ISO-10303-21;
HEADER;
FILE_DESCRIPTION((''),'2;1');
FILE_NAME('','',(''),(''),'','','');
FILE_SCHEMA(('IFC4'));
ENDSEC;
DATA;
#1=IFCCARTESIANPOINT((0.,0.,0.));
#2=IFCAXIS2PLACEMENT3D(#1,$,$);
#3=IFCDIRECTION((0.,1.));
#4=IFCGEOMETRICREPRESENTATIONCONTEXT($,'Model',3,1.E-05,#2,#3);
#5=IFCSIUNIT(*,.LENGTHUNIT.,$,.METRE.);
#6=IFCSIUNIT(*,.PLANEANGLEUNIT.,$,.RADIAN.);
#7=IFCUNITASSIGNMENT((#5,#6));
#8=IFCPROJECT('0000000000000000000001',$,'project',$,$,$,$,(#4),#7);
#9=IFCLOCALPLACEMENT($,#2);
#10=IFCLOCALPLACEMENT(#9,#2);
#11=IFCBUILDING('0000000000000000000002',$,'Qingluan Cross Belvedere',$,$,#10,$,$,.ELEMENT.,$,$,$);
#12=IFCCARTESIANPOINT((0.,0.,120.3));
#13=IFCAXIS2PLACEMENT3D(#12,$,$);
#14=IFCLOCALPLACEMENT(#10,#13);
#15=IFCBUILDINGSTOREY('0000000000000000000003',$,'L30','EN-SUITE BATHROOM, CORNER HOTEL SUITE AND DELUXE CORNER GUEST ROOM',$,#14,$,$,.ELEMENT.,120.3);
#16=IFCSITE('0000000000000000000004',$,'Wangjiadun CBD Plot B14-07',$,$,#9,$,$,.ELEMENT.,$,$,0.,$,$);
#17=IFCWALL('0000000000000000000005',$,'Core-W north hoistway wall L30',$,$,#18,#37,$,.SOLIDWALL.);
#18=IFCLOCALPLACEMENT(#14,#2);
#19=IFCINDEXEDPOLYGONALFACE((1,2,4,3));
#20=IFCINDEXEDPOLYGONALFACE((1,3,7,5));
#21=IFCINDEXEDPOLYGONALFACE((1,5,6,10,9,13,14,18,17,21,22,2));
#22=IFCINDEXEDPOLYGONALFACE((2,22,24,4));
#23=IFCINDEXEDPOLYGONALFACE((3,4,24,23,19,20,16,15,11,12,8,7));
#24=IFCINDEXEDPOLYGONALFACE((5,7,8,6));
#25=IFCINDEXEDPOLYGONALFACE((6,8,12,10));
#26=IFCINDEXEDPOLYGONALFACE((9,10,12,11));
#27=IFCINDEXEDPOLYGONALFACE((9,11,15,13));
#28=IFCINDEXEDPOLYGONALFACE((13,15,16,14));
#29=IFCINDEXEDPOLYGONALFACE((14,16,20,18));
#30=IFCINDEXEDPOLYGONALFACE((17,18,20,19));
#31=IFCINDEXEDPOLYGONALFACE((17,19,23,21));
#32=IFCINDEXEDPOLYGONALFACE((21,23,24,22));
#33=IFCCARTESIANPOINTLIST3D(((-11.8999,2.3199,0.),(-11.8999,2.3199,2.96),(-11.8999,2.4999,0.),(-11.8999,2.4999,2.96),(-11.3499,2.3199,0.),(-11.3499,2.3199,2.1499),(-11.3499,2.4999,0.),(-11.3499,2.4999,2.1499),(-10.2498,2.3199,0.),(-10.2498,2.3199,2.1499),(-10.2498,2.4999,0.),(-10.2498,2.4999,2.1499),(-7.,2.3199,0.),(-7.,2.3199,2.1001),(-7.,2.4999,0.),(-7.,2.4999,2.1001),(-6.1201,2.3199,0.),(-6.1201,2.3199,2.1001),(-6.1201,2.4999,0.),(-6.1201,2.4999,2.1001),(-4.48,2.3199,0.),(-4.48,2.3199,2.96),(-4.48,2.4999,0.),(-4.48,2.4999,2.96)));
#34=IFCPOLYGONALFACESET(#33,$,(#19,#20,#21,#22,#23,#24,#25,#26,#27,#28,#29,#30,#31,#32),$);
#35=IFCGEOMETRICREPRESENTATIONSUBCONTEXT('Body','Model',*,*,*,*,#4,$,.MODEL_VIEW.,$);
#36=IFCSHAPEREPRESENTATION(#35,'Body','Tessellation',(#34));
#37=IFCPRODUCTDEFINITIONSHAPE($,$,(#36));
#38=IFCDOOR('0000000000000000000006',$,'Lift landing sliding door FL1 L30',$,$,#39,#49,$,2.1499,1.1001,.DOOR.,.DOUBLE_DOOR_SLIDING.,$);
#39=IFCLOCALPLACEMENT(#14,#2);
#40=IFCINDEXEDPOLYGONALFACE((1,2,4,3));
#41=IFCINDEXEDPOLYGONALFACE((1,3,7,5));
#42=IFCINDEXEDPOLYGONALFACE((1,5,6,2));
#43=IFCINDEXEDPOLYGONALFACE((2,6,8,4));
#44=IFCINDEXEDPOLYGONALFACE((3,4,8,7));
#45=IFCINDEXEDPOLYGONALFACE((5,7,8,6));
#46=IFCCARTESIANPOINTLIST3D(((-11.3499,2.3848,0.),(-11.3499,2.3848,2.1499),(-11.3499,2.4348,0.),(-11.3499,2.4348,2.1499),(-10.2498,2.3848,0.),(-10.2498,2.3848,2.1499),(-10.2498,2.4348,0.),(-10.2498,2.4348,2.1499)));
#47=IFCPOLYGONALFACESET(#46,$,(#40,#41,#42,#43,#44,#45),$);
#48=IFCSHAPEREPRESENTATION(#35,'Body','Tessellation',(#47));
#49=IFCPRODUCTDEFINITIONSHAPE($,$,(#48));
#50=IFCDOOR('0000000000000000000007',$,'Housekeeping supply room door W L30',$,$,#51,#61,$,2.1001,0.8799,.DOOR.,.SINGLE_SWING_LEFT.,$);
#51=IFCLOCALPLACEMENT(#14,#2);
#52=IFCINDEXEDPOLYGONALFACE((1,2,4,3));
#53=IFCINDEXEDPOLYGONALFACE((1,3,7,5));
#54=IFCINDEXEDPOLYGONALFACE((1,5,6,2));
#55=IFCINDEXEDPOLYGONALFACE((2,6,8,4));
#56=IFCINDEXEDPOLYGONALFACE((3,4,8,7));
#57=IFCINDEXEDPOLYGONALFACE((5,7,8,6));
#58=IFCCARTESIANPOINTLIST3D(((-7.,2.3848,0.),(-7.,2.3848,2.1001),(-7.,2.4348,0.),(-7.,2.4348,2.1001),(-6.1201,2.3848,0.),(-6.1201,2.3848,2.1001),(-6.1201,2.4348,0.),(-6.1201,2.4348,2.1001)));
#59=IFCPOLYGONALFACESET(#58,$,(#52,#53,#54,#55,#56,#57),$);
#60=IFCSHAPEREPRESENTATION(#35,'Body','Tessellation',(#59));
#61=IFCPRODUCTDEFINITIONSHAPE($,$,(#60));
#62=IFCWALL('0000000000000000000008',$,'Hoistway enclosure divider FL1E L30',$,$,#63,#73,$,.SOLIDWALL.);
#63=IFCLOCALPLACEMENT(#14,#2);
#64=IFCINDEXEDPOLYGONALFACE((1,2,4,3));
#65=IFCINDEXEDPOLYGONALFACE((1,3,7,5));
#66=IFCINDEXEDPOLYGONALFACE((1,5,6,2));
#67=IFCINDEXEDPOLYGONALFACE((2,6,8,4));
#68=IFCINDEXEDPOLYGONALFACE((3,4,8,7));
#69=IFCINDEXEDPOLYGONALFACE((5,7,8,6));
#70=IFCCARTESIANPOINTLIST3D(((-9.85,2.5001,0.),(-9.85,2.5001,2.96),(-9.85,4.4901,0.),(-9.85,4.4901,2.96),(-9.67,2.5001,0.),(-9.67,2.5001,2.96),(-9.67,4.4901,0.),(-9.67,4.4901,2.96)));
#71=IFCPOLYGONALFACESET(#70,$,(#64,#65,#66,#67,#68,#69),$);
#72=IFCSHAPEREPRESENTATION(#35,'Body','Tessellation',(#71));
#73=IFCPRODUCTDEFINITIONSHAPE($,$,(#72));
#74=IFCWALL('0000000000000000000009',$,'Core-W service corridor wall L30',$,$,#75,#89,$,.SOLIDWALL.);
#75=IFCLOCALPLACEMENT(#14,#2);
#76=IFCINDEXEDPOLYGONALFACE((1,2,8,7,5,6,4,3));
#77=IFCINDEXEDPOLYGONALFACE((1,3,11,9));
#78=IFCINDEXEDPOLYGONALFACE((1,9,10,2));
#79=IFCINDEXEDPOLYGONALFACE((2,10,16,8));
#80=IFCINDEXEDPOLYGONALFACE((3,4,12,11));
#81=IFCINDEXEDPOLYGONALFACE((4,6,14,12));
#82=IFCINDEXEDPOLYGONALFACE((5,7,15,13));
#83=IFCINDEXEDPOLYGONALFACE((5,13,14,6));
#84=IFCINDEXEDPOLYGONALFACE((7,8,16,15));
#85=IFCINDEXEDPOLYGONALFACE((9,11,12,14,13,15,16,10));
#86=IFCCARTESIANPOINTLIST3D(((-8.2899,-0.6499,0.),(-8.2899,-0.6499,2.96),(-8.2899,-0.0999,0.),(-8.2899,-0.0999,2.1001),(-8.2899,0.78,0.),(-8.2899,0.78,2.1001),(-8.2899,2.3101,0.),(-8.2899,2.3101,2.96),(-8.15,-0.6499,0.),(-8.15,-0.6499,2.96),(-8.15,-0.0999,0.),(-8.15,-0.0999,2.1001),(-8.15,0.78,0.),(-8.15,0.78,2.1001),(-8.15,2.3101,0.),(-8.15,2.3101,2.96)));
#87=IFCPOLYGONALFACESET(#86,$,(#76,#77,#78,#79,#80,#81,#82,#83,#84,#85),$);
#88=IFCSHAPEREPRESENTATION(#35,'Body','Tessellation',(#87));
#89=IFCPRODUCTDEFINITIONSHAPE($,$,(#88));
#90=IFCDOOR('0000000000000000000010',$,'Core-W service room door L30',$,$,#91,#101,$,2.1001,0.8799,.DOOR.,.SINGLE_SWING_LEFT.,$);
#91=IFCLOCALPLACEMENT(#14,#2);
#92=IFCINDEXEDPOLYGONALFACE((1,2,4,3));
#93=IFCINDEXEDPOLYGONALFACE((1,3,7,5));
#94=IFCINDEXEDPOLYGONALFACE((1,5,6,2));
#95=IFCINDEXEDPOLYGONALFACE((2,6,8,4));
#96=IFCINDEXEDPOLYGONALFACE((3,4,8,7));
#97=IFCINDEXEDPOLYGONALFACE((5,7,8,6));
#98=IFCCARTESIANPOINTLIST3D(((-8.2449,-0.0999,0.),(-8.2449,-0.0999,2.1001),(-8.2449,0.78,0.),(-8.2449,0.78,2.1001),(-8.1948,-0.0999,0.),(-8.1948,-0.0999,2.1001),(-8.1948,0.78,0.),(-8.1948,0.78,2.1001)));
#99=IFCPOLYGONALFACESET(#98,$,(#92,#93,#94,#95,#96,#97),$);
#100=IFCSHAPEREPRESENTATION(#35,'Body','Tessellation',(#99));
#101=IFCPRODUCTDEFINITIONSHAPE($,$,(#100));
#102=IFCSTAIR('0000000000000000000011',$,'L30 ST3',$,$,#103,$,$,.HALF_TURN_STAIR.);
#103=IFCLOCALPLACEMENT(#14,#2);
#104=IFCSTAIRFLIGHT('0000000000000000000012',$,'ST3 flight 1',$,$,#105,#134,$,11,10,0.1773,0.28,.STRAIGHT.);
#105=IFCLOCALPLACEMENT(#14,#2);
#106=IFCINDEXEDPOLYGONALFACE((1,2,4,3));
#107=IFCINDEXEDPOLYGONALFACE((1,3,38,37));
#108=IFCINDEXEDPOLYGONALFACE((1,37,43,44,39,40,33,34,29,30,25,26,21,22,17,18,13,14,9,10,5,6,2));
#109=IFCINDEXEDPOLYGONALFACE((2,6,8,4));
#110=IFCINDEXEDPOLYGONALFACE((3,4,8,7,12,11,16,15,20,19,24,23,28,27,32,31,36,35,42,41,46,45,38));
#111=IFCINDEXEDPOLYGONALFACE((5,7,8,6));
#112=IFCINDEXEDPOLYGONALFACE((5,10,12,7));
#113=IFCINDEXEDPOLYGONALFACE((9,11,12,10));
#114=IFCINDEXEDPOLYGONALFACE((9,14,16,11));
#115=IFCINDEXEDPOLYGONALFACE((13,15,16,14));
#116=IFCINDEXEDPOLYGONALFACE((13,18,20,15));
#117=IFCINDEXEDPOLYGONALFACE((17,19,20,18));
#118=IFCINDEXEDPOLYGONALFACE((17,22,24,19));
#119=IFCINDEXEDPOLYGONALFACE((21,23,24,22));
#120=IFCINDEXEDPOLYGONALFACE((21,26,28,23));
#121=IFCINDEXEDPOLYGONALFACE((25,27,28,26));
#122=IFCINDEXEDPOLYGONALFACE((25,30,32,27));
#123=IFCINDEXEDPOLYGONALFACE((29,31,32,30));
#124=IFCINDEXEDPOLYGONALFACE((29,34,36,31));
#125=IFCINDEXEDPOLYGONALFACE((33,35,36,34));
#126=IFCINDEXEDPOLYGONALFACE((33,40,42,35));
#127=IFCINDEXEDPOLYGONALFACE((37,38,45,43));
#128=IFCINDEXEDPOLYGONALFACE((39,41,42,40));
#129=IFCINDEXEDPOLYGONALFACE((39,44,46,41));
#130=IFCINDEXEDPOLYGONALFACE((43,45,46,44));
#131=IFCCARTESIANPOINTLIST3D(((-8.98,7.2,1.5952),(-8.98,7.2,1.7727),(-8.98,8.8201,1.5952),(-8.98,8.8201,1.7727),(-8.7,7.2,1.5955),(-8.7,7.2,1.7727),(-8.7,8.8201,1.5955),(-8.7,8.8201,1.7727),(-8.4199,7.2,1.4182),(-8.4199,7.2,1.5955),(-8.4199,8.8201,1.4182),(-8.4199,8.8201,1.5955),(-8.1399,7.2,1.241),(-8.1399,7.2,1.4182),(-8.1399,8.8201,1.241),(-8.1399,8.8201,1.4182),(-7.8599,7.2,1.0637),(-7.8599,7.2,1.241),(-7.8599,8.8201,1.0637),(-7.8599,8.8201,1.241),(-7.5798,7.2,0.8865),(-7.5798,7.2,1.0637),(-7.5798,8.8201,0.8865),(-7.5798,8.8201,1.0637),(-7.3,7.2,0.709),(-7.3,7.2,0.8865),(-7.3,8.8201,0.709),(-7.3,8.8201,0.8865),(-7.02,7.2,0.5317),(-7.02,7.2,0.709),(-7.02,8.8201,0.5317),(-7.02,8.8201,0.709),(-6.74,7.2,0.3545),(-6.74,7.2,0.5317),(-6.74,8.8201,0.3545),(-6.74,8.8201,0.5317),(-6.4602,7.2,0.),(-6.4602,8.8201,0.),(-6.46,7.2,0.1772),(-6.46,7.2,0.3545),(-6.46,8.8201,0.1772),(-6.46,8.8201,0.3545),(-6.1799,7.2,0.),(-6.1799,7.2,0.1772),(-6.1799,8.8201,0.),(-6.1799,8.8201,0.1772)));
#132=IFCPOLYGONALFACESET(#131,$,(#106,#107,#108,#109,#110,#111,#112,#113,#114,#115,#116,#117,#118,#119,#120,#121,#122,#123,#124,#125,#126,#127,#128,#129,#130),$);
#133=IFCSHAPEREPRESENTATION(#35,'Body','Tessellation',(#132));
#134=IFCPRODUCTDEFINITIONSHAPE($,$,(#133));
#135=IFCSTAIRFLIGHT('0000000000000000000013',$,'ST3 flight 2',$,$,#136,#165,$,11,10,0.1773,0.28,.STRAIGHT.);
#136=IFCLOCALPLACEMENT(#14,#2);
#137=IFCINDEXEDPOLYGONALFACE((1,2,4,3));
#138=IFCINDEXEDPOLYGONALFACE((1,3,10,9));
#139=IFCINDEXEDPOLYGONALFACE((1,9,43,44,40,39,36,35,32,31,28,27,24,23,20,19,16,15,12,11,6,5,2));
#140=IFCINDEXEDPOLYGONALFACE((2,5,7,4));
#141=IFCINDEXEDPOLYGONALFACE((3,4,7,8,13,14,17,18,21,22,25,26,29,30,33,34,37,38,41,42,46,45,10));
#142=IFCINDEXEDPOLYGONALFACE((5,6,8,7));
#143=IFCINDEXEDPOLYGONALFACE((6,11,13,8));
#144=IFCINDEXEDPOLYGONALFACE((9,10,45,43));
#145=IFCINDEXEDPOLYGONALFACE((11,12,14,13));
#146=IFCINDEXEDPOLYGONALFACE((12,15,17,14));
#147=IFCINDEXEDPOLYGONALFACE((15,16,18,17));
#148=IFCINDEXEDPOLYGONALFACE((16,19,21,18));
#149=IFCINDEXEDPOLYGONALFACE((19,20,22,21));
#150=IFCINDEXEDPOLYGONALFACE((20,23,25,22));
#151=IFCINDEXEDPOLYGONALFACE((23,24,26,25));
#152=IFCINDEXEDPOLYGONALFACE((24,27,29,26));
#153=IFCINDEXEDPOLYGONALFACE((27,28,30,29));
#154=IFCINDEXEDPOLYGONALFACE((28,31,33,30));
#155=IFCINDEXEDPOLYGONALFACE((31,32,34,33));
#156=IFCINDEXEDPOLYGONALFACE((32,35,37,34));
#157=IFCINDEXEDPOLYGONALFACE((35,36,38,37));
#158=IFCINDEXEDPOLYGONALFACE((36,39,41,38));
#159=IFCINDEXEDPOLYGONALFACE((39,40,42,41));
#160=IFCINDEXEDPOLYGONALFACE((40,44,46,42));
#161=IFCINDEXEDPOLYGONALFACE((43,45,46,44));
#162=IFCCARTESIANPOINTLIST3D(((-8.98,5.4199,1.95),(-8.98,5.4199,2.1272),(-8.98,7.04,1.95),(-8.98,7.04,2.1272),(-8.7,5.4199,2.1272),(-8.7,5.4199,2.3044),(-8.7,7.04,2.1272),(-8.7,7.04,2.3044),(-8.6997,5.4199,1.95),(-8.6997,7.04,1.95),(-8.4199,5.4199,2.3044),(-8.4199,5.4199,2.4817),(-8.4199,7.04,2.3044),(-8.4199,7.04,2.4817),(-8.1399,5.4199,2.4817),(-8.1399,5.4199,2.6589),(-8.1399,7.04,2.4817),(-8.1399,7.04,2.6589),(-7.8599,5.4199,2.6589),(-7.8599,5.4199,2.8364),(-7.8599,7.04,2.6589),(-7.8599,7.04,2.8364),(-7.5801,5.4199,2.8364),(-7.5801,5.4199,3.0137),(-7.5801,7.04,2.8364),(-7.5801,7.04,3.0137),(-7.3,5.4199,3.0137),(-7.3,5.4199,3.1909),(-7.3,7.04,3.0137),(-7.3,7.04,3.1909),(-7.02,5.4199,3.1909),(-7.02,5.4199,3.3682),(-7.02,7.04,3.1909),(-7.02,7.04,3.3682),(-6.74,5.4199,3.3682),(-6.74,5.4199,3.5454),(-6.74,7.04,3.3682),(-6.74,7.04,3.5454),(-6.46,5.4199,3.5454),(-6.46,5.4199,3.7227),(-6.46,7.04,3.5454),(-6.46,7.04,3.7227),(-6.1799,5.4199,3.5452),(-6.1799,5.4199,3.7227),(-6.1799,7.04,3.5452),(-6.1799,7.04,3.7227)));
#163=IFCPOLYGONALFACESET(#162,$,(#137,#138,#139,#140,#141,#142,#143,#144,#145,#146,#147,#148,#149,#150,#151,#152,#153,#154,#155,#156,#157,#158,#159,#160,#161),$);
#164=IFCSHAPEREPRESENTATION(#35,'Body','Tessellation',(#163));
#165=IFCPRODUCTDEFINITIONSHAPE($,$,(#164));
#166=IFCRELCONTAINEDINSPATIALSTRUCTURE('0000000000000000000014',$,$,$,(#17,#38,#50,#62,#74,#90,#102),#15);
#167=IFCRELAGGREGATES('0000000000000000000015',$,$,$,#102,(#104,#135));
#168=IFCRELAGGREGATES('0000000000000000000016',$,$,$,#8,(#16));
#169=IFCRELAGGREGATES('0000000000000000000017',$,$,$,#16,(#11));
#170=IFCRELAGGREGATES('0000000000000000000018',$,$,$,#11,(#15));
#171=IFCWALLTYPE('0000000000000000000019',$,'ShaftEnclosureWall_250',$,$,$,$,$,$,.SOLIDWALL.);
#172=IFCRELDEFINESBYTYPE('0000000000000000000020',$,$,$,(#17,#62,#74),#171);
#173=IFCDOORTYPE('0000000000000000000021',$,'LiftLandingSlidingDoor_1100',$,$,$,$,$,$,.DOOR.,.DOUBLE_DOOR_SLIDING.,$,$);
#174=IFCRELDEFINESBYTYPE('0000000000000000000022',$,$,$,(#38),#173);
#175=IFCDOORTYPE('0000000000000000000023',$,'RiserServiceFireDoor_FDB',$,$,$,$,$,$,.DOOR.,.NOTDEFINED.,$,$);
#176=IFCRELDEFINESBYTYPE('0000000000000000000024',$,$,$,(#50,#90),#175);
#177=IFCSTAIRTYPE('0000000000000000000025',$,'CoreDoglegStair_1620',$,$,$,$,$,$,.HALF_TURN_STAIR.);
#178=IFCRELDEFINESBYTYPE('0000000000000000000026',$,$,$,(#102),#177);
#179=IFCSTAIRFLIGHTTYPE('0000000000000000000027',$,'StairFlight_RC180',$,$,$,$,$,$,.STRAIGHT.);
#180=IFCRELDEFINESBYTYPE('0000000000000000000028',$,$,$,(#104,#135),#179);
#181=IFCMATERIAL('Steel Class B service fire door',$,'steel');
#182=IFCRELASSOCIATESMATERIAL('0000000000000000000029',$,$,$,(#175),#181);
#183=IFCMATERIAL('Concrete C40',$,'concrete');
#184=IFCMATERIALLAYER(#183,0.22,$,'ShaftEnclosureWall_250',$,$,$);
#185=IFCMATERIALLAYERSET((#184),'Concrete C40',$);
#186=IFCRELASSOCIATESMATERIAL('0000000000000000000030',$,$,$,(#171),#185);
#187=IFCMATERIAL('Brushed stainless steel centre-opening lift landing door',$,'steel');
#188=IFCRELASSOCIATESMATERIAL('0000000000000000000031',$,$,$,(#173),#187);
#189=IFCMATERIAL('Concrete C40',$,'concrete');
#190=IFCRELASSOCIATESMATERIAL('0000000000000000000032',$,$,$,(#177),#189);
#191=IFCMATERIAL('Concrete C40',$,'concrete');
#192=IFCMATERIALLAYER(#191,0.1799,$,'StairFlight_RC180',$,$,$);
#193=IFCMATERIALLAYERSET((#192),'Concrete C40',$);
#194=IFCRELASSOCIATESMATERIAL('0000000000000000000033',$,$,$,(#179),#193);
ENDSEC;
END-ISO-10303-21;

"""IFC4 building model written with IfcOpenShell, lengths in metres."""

from ifc_helpers import new_model, si_unit, direction, frame, frame_2d, origin, place, context, subcontext, project, spatial, polyline, rectangle, outline, extrude, material, layer, layer_set, type_object, element, fill, aggregate, save


model = new_model("IFC4")

# Units and contexts
model_context = context("Model", 3, precision=1e-05, world=origin(), true_north=direction((0.0, 1.0)))
body_context = subcontext(model_context, "Body", "Model", "MODEL_VIEW")
ifc_project = project(units=[si_unit("LENGTHUNIT", "METRE"), si_unit("PLANEANGLEUNIT", "RADIAN")], contexts=[model_context])

# Site, building, storey
site_placement = place(None, origin())
site = spatial("IfcSite", under=ifc_project, at=site_placement, Name="Wangjiadun CBD Plot B14-07", CompositionType="ELEMENT", RefElevation=0.0)
building_placement = place(site_placement, origin())
building = spatial("IfcBuilding", under=site, at=building_placement, Name="Qingluan Cross Belvedere", CompositionType="ELEMENT")
storey_placement = place(building_placement, frame((0.0, 0.0, 120.3)))
storey = spatial("IfcBuildingStorey", under=building, at=storey_placement, Name="L30", Description="EN-SUITE BATHROOM, CORNER HOTEL SUITE AND DELUXE CORNER GUEST ROOM", CompositionType="ELEMENT", Elevation=120.3)

# Shared definitions
ifc_material_1 = material(Name="Steel Class B service fire door", Category="steel")
door_type_1 = type_object("IfcDoorType", Name="RiserServiceFireDoor_FDB", OperationType="NOTDEFINED", PredefinedType="DOOR", material=ifc_material_1)

# Wall, openings, doors
ifc_material_2 = material(Name="Concrete C40", Category="concrete")
ifc_layer_1 = layer(ifc_material_2, 0.22, Name="ShaftEnclosureWall_250")
ifc_layer_set_1 = layer_set([ifc_layer_1], Name="Concrete C40")
wall_type_1 = type_object("IfcWallType", Name="ShaftEnclosureWall_250", PredefinedType="SOLIDWALL", material=ifc_layer_set_1)
wall_1_placement = place(storey_placement, frame((-11.8999, 2.4099, 0.0), z_axis=(0.0, 0.0, 1.0), x_axis=(1.0, 0.0, 0.0)))
wall_1 = element("IfcWall", 1, at=wall_1_placement, inside=storey, type_object=wall_type_1, Name="Core-W north hoistway wall L30", PredefinedType="SOLIDWALL", context=body_context, shape_type="SweptSolid", body=[
    extrude(rectangle(XDim=7.4199, YDim=0.1799, at=frame_2d((3.71, 0.0))), origin(), (0.0, 0.0, 1.0), 2.96),
])
opening_1_placement = place(wall_1_placement, frame((0.55, 0.0, 0.0)))
opening_1 = element("IfcOpeningElement", 2, at=opening_1_placement, cuts=wall_1, PredefinedType="OPENING", context=body_context, shape_type="SweptSolid", body=[
    extrude(rectangle(XDim=1.1001, YDim=2.1499, at=frame_2d((0.55, 1.075))), frame((0.0, 0.0999, 0.0), z_axis=(0.0, -1.0, 0.0), x_axis=(1.0, 0.0, 0.0)), (0.0, 0.0, 1.0), 0.2),
])
opening_2_placement = place(wall_1_placement, frame((4.8999, 0.0, 0.0)))
opening_2 = element("IfcOpeningElement", 3, at=opening_2_placement, cuts=wall_1, PredefinedType="OPENING", context=body_context, shape_type="SweptSolid", body=[
    extrude(rectangle(XDim=0.8799, YDim=2.1001, at=frame_2d((0.4399, 1.05))), frame((0.0, 0.0999, 0.0), z_axis=(0.0, -1.0, 0.0), x_axis=(1.0, 0.0, 0.0)), (0.0, 0.0, 1.0), 0.2),
])
ifc_material_3 = material(Name="Brushed stainless steel centre-opening lift landing door", Category="steel")
door_type_2 = type_object("IfcDoorType", Name="LiftLandingSlidingDoor_1100", OperationType="DOUBLE_DOOR_SLIDING", PredefinedType="DOOR", material=ifc_material_3)
door_1_placement = place(opening_1_placement, origin())
door_1 = element("IfcDoor", 4, at=door_1_placement, inside=storey, type_object=door_type_2, Name="Lift landing sliding door FL1 L30", OperationType="DOUBLE_DOOR_SLIDING", OverallHeight=2.1499, OverallWidth=1.1001, PredefinedType="DOOR", context=body_context, shape_type="SweptSolid", body=[
    extrude(rectangle(XDim=1.1001, YDim=2.1499, at=frame_2d((0.55, 1.075))), frame((0.0, 0.0249, 0.0), z_axis=(0.0, -1.0, 0.0), x_axis=(1.0, 0.0, 0.0)), (0.0, 0.0, 1.0), 0.05),
])
fill(opening_1, door_1)
door_2_placement = place(opening_2_placement, origin())
door_2 = element("IfcDoor", 5, at=door_2_placement, inside=storey, type_object=door_type_1, Name="Housekeeping supply room door W L30", OperationType="SINGLE_SWING_LEFT", OverallHeight=2.1001, OverallWidth=0.8799, PredefinedType="DOOR", context=body_context, shape_type="SweptSolid", body=[
    extrude(rectangle(XDim=0.8799, YDim=2.1001, at=frame_2d((0.4399, 1.05))), frame((0.0, 0.0249, 0.0), z_axis=(0.0, -1.0, 0.0), x_axis=(1.0, 0.0, 0.0)), (0.0, 0.0, 1.0), 0.05),
])
fill(opening_2, door_2)

# Wall
wall_2_placement = place(storey_placement, frame((-9.76, 2.5, 0.0), z_axis=(0.0, 0.0, 1.0), x_axis=(0.0, 1.0, 0.0)))
element("IfcWall", 6, at=wall_2_placement, inside=storey, type_object=wall_type_1, Name="Hoistway enclosure divider FL1E L30", PredefinedType="SOLIDWALL", context=body_context, shape_type="SweptSolid", body=[
    extrude(rectangle(XDim=1.99, YDim=0.1799, at=frame_2d((0.9951, 0.0))), origin(), (0.0, 0.0, 1.0), 2.96),
])

# Wall, opening, door
wall_3_placement = place(storey_placement, frame((-8.22, -0.6499, 0.0), z_axis=(0.0, 0.0, 1.0), x_axis=(0.0, 1.0, 0.0)))
wall_3 = element("IfcWall", 7, at=wall_3_placement, inside=storey, type_object=wall_type_1, Name="Core-W service corridor wall L30", PredefinedType="SOLIDWALL", context=body_context, shape_type="SweptSolid", body=[
    extrude(rectangle(XDim=2.96, YDim=0.1399, at=frame_2d((1.48, 0.0))), origin(), (0.0, 0.0, 1.0), 2.96),
])
opening_3_placement = place(wall_3_placement, frame((0.55, 0.0, 0.0)))
opening_3 = element("IfcOpeningElement", 8, at=opening_3_placement, cuts=wall_3, PredefinedType="OPENING", context=body_context, shape_type="SweptSolid", body=[
    extrude(rectangle(XDim=0.8799, YDim=2.1001, at=frame_2d((0.4399, 1.05))), frame((0.0, 0.0798, 0.0), z_axis=(0.0, -1.0, 0.0), x_axis=(1.0, 0.0, 0.0)), (0.0, 0.0, 1.0), 0.1599),
])
door_3_placement = place(opening_3_placement, origin())
door_3 = element("IfcDoor", 9, at=door_3_placement, inside=storey, type_object=door_type_1, Name="Core-W service room door L30", OperationType="SINGLE_SWING_LEFT", OverallHeight=2.1001, OverallWidth=0.8799, PredefinedType="DOOR", context=body_context, shape_type="SweptSolid", body=[
    extrude(rectangle(XDim=0.8799, YDim=2.1001, at=frame_2d((0.4399, 1.05))), frame((0.0, 0.0249, 0.0), z_axis=(0.0, -1.0, 0.0), x_axis=(1.0, 0.0, 0.0)), (0.0, 0.0, 1.0), 0.05),
])
fill(opening_3, door_3)

# Stair, stair flights
ifc_material_4 = material(Name="Concrete C40", Category="concrete")
stair_type = type_object("IfcStairType", Name="CoreDoglegStair_1620", PredefinedType="HALF_TURN_STAIR", material=ifc_material_4)
stair_placement = place(storey_placement, origin())
stair = element("IfcStair", 10, at=stair_placement, inside=storey, type_object=stair_type, Name="L30 ST3", PredefinedType="HALF_TURN_STAIR")
ifc_material_5 = material(Name="Concrete C40", Category="concrete")
ifc_layer_2 = layer(ifc_material_5, 0.1799, Name="StairFlight_RC180")
ifc_layer_set_2 = layer_set([ifc_layer_2], Name="Concrete C40")
stair_flight_type = type_object("IfcStairFlightType", Name="StairFlight_RC180", PredefinedType="STRAIGHT", material=ifc_layer_set_2)
stair_flight_1_placement = place(storey_placement, frame((-6.1799, 8.01, 0.0), z_axis=(0.0, 0.0, 1.0), x_axis=(-1.0, 0.0, 0.0)))
stair_flight_1 = element("IfcStairFlight", 11, at=stair_flight_1_placement, type_object=stair_flight_type, Name="ST3 flight 1", NumberOfRisers=11, NumberOfTreads=10, PredefinedType="STRAIGHT", RiserHeight=0.1773, TreadLength=0.28, context=body_context, shape_type="SweptSolid", body=[
    extrude(outline(polyline([(0.0, 0.0), (0.0, 0.1772), (0.28, 0.1772), (0.28, 0.3545), (0.5601, 0.3545), (0.5601, 0.5317), (0.8401, 0.5317), (0.8401, 0.709), (1.1201, 0.709), (1.1201, 0.8865), (1.3999, 0.8865), (1.3999, 1.0637), (1.6799, 1.0637), (1.6799, 1.241), (1.96, 1.241), (1.96, 1.4182), (2.24, 1.4182), (2.24, 1.5955), (2.52, 1.5955), (2.52, 1.7727), (2.8, 1.7727), (2.8, 1.95), (2.8, 1.5952), (0.2803, 0.0), (0.0, 0.0)])), frame((0.0, 0.8101, 0.0), z_axis=(0.0, -1.0, 0.0), x_axis=(1.0, 0.0, 0.0)), (0.0, 0.0, 1.0), 1.6201),
])
stair_flight_2_placement = place(storey_placement, frame((-8.98, 6.23, 1.95), z_axis=(0.0, 0.0, 1.0), x_axis=(1.0, 0.0, 0.0)))
stair_flight_2 = element("IfcStairFlight", 12, at=stair_flight_2_placement, type_object=stair_flight_type, Name="ST3 flight 2", NumberOfRisers=11, NumberOfTreads=10, PredefinedType="STRAIGHT", RiserHeight=0.1773, TreadLength=0.28, context=body_context, shape_type="SweptSolid", body=[
    extrude(outline(polyline([(0.0, 0.0), (0.0, 0.1772), (0.28, 0.1772), (0.28, 0.3545), (0.5601, 0.3545), (0.5601, 0.5317), (0.8401, 0.5317), (0.8401, 0.709), (1.1201, 0.709), (1.1201, 0.8865), (1.3999, 0.8865), (1.3999, 1.0637), (1.6799, 1.0637), (1.6799, 1.241), (1.96, 1.241), (1.96, 1.4182), (2.24, 1.4182), (2.24, 1.5955), (2.52, 1.5955), (2.52, 1.7727), (2.8, 1.7727), (2.8, 1.95), (2.8, 1.5952), (0.2803, 0.0), (0.0, 0.0)])), frame((0.0, 0.8101, 0.0), z_axis=(0.0, -1.0, 0.0), x_axis=(1.0, 0.0, 0.0)), (0.0, 0.0, 1.0), 1.6201),
])
aggregate(stair, [stair_flight_1, stair_flight_2])

save(model, "model.ifc")
